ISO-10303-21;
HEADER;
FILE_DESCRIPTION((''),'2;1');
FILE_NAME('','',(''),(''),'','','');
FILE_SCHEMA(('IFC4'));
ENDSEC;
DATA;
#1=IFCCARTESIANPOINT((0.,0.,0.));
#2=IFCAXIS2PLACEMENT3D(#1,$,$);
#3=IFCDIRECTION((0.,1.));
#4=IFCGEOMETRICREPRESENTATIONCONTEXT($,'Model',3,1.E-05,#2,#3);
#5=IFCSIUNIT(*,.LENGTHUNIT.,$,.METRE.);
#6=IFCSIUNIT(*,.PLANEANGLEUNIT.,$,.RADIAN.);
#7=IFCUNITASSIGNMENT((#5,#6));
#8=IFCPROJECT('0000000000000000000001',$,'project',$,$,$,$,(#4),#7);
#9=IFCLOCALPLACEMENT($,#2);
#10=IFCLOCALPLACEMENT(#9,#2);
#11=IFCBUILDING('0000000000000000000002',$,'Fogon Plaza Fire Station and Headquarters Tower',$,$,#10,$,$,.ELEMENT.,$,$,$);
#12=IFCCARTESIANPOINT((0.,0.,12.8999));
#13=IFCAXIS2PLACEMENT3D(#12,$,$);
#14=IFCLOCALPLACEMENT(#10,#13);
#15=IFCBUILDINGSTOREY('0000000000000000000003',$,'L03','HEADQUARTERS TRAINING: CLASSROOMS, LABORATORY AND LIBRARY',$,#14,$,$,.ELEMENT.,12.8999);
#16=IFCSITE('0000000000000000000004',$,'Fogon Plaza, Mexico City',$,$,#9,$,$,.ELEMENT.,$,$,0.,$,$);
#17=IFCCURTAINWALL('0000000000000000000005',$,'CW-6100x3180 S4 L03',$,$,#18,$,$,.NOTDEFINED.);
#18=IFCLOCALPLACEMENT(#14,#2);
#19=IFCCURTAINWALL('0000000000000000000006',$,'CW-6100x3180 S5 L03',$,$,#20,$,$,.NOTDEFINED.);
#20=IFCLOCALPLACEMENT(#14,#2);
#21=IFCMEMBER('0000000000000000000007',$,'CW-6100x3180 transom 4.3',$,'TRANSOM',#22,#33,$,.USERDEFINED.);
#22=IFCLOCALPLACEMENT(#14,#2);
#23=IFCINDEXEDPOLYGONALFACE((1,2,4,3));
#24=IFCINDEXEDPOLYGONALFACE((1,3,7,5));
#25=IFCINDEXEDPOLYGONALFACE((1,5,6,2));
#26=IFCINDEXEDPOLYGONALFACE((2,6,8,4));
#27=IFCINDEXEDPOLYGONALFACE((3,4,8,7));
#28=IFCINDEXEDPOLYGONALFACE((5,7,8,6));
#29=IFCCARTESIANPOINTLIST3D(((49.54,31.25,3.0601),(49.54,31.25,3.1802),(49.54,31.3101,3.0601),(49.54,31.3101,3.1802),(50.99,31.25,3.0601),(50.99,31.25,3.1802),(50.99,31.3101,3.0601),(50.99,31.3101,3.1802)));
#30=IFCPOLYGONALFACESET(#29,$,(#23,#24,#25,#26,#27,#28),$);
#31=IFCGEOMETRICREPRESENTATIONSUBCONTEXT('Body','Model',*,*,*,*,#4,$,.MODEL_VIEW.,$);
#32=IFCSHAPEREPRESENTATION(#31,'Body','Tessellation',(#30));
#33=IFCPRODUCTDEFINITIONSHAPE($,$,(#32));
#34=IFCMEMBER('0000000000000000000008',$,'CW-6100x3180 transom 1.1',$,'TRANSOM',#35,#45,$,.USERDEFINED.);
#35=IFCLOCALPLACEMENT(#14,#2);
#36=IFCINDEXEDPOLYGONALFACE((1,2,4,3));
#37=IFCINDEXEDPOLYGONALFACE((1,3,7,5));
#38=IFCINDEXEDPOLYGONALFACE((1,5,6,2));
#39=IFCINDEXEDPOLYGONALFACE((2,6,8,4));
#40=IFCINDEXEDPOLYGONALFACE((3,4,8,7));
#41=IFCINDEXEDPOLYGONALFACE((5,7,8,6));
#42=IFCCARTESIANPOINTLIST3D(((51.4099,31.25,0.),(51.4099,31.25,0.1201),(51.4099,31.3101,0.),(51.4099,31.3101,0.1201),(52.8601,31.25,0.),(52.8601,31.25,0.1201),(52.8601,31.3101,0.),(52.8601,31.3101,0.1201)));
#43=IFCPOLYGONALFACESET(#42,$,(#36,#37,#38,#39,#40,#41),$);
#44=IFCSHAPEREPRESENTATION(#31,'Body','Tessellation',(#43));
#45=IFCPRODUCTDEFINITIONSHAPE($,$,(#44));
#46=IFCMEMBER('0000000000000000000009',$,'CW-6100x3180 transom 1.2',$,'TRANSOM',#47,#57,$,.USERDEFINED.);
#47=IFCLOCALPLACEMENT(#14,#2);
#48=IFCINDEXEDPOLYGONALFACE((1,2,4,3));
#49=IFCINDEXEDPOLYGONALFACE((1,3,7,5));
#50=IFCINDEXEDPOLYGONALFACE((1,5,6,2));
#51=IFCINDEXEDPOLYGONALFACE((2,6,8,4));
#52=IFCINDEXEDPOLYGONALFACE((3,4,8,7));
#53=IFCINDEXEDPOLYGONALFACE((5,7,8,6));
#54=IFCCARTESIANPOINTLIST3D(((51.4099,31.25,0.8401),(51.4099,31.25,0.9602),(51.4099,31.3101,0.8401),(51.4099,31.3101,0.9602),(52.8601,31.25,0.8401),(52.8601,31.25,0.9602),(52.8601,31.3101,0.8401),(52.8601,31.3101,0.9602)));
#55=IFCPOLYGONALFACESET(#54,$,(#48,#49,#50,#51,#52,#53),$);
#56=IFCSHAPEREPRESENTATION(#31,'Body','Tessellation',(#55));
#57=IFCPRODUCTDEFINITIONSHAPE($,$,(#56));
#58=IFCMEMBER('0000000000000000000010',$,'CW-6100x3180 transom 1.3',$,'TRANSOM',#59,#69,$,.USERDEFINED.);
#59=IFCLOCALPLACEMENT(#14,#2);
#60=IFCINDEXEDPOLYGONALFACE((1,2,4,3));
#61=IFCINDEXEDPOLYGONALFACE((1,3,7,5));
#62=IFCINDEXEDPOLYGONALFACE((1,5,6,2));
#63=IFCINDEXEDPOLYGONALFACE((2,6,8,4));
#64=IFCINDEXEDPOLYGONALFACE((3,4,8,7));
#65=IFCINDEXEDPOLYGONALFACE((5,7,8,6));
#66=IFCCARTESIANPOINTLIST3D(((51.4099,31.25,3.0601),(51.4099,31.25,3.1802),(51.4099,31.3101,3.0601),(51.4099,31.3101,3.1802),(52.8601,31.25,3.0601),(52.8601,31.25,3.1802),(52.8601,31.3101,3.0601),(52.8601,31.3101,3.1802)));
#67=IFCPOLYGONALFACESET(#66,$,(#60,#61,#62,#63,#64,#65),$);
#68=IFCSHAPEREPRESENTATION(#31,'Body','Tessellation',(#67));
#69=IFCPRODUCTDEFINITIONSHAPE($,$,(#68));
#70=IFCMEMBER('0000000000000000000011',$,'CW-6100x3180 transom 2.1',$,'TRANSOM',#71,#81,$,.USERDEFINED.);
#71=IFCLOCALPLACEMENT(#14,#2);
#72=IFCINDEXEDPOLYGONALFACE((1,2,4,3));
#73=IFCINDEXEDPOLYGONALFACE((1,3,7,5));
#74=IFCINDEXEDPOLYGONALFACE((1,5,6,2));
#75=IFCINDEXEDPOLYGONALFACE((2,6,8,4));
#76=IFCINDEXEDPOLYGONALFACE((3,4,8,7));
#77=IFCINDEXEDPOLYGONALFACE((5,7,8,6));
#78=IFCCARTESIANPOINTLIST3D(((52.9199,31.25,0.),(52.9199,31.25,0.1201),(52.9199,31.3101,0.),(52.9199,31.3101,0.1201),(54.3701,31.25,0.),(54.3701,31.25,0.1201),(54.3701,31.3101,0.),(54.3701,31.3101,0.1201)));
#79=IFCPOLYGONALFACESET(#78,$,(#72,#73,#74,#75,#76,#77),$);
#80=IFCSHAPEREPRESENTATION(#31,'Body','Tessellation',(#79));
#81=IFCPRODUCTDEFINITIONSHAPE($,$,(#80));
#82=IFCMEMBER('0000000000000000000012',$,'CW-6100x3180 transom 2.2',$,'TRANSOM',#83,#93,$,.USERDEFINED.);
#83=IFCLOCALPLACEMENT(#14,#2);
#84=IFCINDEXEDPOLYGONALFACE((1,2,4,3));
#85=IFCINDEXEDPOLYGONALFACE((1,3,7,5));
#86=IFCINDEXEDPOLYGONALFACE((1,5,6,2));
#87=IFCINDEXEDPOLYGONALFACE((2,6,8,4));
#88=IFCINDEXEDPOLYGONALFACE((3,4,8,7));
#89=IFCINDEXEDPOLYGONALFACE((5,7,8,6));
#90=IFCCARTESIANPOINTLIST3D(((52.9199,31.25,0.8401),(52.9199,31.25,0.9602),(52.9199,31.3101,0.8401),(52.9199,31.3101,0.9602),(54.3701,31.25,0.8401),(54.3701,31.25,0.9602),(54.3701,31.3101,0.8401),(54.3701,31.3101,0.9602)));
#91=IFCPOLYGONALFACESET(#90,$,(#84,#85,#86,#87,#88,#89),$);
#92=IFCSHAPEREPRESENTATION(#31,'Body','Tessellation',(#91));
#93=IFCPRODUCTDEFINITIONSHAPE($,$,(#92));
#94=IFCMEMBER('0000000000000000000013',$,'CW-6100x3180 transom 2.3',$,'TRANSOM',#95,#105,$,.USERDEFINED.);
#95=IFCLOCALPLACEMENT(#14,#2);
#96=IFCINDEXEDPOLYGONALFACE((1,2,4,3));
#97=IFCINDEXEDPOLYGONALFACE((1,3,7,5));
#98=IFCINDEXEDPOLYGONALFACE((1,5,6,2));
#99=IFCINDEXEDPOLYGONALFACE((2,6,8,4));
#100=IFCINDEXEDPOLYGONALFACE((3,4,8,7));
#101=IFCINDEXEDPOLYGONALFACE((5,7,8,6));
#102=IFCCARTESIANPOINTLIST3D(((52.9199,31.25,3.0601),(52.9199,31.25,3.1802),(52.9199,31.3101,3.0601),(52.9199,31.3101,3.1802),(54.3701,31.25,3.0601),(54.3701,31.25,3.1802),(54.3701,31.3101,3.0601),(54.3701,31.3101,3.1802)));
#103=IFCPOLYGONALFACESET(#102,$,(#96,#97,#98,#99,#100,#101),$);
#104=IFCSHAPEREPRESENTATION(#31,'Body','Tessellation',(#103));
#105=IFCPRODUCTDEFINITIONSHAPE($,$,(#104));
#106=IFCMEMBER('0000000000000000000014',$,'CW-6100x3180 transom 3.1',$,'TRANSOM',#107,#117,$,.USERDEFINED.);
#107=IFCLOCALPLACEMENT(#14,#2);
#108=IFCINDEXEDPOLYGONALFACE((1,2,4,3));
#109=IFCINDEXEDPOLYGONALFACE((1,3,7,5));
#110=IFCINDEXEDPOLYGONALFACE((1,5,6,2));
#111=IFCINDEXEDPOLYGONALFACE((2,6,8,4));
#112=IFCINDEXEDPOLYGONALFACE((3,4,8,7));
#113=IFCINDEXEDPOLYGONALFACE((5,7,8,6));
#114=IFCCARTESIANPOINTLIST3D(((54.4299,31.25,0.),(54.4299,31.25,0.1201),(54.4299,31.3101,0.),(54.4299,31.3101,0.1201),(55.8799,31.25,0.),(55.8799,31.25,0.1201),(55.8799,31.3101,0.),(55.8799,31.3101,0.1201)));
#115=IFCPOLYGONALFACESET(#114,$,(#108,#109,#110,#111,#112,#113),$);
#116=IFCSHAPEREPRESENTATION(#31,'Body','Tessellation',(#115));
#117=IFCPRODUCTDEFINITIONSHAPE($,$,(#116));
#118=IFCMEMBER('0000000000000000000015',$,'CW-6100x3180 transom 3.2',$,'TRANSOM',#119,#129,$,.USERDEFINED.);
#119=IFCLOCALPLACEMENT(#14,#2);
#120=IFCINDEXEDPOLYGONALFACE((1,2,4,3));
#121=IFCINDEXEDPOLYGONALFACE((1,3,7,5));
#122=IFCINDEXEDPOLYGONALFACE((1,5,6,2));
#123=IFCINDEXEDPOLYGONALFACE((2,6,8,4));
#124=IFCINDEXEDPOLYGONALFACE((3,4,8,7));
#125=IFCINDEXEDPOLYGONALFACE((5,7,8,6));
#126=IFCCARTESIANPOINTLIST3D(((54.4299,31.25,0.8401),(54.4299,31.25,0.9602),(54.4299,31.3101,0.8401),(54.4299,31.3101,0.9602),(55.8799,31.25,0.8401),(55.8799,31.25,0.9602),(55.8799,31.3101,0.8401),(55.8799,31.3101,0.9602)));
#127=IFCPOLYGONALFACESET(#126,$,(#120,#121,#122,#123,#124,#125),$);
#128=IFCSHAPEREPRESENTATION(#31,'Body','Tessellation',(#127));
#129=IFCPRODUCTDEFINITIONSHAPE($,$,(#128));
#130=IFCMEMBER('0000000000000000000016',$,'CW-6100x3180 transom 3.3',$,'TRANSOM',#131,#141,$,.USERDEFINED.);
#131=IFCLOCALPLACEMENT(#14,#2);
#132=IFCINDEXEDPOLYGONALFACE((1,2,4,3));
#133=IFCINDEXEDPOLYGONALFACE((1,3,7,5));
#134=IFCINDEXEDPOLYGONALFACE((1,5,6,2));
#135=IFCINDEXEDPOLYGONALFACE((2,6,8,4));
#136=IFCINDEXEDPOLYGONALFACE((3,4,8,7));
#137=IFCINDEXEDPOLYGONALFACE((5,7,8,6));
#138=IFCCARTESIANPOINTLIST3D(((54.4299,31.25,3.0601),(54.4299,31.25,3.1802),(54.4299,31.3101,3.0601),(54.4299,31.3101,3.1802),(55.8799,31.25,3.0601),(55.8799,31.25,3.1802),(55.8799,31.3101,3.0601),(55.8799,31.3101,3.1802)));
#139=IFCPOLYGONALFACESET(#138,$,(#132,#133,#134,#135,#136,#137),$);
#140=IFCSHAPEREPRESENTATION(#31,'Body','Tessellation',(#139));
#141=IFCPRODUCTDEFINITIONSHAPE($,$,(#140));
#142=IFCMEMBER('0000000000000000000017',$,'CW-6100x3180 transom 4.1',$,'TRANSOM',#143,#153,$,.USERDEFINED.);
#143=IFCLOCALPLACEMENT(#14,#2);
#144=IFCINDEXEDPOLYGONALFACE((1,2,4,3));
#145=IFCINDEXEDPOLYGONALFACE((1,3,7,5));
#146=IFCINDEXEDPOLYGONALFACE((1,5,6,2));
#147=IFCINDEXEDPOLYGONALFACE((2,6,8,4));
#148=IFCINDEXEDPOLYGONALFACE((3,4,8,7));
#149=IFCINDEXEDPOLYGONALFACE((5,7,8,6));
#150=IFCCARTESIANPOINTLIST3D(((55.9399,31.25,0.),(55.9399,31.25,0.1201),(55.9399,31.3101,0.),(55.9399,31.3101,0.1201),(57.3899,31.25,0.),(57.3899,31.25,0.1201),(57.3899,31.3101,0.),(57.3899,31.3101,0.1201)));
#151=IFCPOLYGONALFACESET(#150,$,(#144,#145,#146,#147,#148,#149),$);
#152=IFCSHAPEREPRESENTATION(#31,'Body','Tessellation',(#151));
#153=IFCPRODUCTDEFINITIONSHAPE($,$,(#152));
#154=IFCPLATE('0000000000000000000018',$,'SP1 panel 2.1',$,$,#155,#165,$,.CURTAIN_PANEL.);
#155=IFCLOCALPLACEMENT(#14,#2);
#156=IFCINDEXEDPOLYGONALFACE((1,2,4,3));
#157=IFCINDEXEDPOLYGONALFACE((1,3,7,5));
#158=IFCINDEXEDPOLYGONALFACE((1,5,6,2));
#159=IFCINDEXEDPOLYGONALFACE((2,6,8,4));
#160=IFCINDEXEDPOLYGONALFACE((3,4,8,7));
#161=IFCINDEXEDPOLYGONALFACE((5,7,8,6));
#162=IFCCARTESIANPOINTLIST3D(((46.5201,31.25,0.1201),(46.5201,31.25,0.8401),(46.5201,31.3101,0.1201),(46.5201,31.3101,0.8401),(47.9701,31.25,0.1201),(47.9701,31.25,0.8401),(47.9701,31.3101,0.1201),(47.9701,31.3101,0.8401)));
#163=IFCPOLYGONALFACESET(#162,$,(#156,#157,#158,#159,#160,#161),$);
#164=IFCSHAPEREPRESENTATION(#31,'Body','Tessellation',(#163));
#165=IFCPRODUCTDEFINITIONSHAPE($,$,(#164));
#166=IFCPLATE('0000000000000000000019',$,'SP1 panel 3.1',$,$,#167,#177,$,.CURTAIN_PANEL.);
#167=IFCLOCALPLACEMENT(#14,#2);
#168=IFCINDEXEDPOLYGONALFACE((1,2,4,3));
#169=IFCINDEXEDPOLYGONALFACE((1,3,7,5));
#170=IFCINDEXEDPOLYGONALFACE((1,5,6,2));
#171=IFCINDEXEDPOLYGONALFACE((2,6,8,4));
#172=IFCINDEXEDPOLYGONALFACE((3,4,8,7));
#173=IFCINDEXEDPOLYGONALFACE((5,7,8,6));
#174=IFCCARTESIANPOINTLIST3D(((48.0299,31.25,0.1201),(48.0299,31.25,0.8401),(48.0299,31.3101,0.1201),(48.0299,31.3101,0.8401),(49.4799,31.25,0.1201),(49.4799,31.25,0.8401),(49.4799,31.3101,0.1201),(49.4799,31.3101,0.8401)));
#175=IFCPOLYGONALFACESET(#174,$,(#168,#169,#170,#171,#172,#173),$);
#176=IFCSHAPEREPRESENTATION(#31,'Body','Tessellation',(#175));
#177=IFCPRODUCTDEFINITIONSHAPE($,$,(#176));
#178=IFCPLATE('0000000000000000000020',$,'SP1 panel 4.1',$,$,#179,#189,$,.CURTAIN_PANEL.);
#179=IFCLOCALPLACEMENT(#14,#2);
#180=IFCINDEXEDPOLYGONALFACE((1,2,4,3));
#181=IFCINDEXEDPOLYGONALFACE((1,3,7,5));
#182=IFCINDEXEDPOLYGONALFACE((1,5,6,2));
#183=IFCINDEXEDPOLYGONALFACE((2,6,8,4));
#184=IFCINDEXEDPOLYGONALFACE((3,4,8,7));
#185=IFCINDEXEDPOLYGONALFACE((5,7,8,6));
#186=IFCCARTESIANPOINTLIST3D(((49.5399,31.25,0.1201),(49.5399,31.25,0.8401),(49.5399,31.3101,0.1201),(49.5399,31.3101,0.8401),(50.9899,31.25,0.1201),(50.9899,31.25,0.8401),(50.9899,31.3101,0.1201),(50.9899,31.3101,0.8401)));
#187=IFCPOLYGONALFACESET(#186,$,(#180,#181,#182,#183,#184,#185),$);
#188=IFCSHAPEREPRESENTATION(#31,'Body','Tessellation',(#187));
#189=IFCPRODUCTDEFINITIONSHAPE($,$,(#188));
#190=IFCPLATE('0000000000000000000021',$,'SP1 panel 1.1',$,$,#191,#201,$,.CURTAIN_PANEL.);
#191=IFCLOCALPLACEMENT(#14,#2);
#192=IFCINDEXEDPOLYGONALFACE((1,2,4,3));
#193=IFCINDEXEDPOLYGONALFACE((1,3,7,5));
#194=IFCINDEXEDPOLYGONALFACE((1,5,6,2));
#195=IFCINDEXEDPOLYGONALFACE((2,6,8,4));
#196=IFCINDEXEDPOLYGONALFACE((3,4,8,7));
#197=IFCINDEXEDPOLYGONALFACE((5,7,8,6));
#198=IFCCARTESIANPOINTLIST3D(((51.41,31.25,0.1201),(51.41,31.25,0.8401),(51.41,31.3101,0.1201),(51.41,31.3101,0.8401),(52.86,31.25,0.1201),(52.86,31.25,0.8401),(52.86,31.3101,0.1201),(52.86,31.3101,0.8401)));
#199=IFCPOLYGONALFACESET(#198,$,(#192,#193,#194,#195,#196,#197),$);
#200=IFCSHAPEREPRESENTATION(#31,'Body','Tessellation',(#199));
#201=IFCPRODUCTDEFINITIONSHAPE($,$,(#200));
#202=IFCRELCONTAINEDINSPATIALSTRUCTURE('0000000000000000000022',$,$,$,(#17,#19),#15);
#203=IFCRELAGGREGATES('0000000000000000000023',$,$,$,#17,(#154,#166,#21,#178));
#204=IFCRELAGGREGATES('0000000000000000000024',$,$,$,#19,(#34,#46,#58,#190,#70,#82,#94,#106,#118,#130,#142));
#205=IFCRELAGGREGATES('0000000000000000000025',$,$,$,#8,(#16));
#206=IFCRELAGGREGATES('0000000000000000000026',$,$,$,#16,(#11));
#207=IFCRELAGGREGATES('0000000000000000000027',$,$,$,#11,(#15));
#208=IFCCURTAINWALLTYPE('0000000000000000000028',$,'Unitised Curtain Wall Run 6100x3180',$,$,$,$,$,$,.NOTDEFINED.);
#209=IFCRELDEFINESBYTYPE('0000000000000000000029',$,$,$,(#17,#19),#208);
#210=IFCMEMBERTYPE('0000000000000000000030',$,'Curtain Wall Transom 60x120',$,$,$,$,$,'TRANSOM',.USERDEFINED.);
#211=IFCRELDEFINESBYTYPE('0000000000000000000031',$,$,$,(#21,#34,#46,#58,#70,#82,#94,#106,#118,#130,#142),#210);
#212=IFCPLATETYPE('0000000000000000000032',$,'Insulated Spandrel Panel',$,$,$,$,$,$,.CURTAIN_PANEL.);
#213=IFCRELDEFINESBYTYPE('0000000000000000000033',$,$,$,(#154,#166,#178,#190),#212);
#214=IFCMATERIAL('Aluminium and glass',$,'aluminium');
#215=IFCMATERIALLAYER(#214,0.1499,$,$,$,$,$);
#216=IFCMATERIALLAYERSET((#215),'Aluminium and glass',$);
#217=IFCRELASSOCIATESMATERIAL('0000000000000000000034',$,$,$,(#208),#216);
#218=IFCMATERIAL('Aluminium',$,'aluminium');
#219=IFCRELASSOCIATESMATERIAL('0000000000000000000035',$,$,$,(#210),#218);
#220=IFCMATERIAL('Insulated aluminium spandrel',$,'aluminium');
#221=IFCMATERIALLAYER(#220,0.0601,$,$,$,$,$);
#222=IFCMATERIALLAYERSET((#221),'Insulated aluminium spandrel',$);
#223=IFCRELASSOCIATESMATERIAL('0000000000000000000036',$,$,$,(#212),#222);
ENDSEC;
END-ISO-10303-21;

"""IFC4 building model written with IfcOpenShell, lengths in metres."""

from ifc_helpers import new_model, si_unit, direction, frame, origin, origin_2d, place, context, subcontext, project, spatial, rectangle, extrude, material, layer, layer_set, material_profile, profile_set, type_object, element, aggregate, save


model = new_model("IFC4")

# Units and contexts
model_context = context("Model", 3, precision=1e-05, world=origin(), true_north=direction((0.0, 1.0)))
body_context = subcontext(model_context, "Body", "Model", "MODEL_VIEW")
ifc_project = project(units=[si_unit("LENGTHUNIT", "METRE"), si_unit("PLANEANGLEUNIT", "RADIAN")], contexts=[model_context])

# Site, building, storey
site_placement = place(None, origin())
site = spatial("IfcSite", under=ifc_project, at=site_placement, Name="Fogon Plaza, Mexico City", CompositionType="ELEMENT", RefElevation=0.0)
building_placement = place(site_placement, origin())
building = spatial("IfcBuilding", under=site, at=building_placement, Name="Fogon Plaza Fire Station and Headquarters Tower", CompositionType="ELEMENT")
storey_placement = place(building_placement, frame((0.0, 0.0, 12.8999)))
storey = spatial("IfcBuildingStorey", under=building, at=storey_placement, Name="L03", Description="HEADQUARTERS TRAINING: CLASSROOMS, LABORATORY AND LIBRARY", CompositionType="ELEMENT", Elevation=12.8999)

# Curtain walls
ifc_material_1 = material(Name="Aluminium and glass", Category="aluminium")
ifc_layer_1 = layer(ifc_material_1, 0.1499)
ifc_layer_set_1 = layer_set([ifc_layer_1], Name="Aluminium and glass")
curtain_wall_type = type_object("IfcCurtainWallType", Name="Unitised Curtain Wall Run 6100x3180", PredefinedType="NOTDEFINED", material=ifc_layer_set_1)
curtain_wall_1_placement = place(storey_placement, origin())
curtain_wall_1 = element("IfcCurtainWall", 1, at=curtain_wall_1_placement, inside=storey, type_object=curtain_wall_type, Name="CW-6100x3180 S4 L03", PredefinedType="NOTDEFINED")
curtain_wall_2_placement = place(storey_placement, origin())
curtain_wall_2 = element("IfcCurtainWall", 2, at=curtain_wall_2_placement, inside=storey, type_object=curtain_wall_type, Name="CW-6100x3180 S5 L03", PredefinedType="NOTDEFINED")

# Members
ifc_material_2 = material(Name="Aluminium", Category="aluminium")
ifc_material_profile_1 = material_profile(ifc_material_2, rectangle(XDim=0.0601, YDim=0.1201, at=origin_2d()), Name="Curtain Wall Transom 60x120")
ifc_profile_set_1 = profile_set([ifc_material_profile_1], Name="Aluminium")
member_type_1 = type_object("IfcMemberType", Name="Curtain Wall Transom 60x120", ElementType="TRANSOM", PredefinedType="USERDEFINED", material=ifc_profile_set_1)
member_1_placement = place(storey_placement, frame((49.54, 31.28, 3.1201), z_axis=(1.0, 0.0, 0.0), x_axis=(0.0, 1.0, 0.0)))
member_1 = element("IfcMember", 3, at=member_1_placement, type_object=member_type_1, Name="CW-6100x3180 transom 4.3", ObjectType="TRANSOM", PredefinedType="USERDEFINED", context=body_context, shape_type="SweptSolid", body=[
    extrude(rectangle(XDim=0.0601, YDim=0.1201, at=origin_2d()), origin(), (0.0, 0.0, 1.0), 1.45),
])
member_2_placement = place(storey_placement, frame((51.4099, 31.28, 0.0601), z_axis=(1.0, 0.0, 0.0), x_axis=(0.0, 1.0, 0.0)))
member_2 = element("IfcMember", 4, at=member_2_placement, type_object=member_type_1, Name="CW-6100x3180 transom 1.1", ObjectType="TRANSOM", PredefinedType="USERDEFINED", context=body_context, shape_type="SweptSolid", body=[
    extrude(rectangle(XDim=0.0601, YDim=0.1201, at=origin_2d()), origin(), (0.0, 0.0, 1.0), 1.4502),
])
member_3_placement = place(storey_placement, frame((51.4099, 31.28, 0.9001), z_axis=(1.0, 0.0, 0.0), x_axis=(0.0, 1.0, 0.0)))
member_3 = element("IfcMember", 5, at=member_3_placement, type_object=member_type_1, Name="CW-6100x3180 transom 1.2", ObjectType="TRANSOM", PredefinedType="USERDEFINED", context=body_context, shape_type="SweptSolid", body=[
    extrude(rectangle(XDim=0.0601, YDim=0.1201, at=origin_2d()), origin(), (0.0, 0.0, 1.0), 1.4502),
])
member_4_placement = place(storey_placement, frame((51.4099, 31.28, 3.1201), z_axis=(1.0, 0.0, 0.0), x_axis=(0.0, 1.0, 0.0)))
member_4 = element("IfcMember", 6, at=member_4_placement, type_object=member_type_1, Name="CW-6100x3180 transom 1.3", ObjectType="TRANSOM", PredefinedType="USERDEFINED", context=body_context, shape_type="SweptSolid", body=[
    extrude(rectangle(XDim=0.0601, YDim=0.1201, at=origin_2d()), origin(), (0.0, 0.0, 1.0), 1.4502),
])
member_5_placement = place(storey_placement, frame((52.9199, 31.28, 0.0601), z_axis=(1.0, 0.0, 0.0), x_axis=(0.0, 1.0, 0.0)))
member_5 = element("IfcMember", 7, at=member_5_placement, type_object=member_type_1, Name="CW-6100x3180 transom 2.1", ObjectType="TRANSOM", PredefinedType="USERDEFINED", context=body_context, shape_type="SweptSolid", body=[
    extrude(rectangle(XDim=0.0601, YDim=0.1201, at=origin_2d()), origin(), (0.0, 0.0, 1.0), 1.4502),
])
member_6_placement = place(storey_placement, frame((52.9199, 31.28, 0.9001), z_axis=(1.0, 0.0, 0.0), x_axis=(0.0, 1.0, 0.0)))
member_6 = element("IfcMember", 8, at=member_6_placement, type_object=member_type_1, Name="CW-6100x3180 transom 2.2", ObjectType="TRANSOM", PredefinedType="USERDEFINED", context=body_context, shape_type="SweptSolid", body=[
    extrude(rectangle(XDim=0.0601, YDim=0.1201, at=origin_2d()), origin(), (0.0, 0.0, 1.0), 1.4502),
])
member_7_placement = place(storey_placement, frame((52.9199, 31.28, 3.1201), z_axis=(1.0, 0.0, 0.0), x_axis=(0.0, 1.0, 0.0)))
member_7 = element("IfcMember", 9, at=member_7_placement, type_object=member_type_1, Name="CW-6100x3180 transom 2.3", ObjectType="TRANSOM", PredefinedType="USERDEFINED", context=body_context, shape_type="SweptSolid", body=[
    extrude(rectangle(XDim=0.0601, YDim=0.1201, at=origin_2d()), origin(), (0.0, 0.0, 1.0), 1.4502),
])
member_8_placement = place(storey_placement, frame((54.4299, 31.28, 0.0601), z_axis=(1.0, 0.0, 0.0), x_axis=(0.0, 1.0, 0.0)))
member_8 = element("IfcMember", 10, at=member_8_placement, type_object=member_type_1, Name="CW-6100x3180 transom 3.1", ObjectType="TRANSOM", PredefinedType="USERDEFINED", context=body_context, shape_type="SweptSolid", body=[
    extrude(rectangle(XDim=0.0601, YDim=0.1201, at=origin_2d()), origin(), (0.0, 0.0, 1.0), 1.45),
])
member_9_placement = place(storey_placement, frame((54.4299, 31.28, 0.9001), z_axis=(1.0, 0.0, 0.0), x_axis=(0.0, 1.0, 0.0)))
member_9 = element("IfcMember", 11, at=member_9_placement, type_object=member_type_1, Name="CW-6100x3180 transom 3.2", ObjectType="TRANSOM", PredefinedType="USERDEFINED", context=body_context, shape_type="SweptSolid", body=[
    extrude(rectangle(XDim=0.0601, YDim=0.1201, at=origin_2d()), origin(), (0.0, 0.0, 1.0), 1.45),
])
member_10_placement = place(storey_placement, frame((54.4299, 31.28, 3.1201), z_axis=(1.0, 0.0, 0.0), x_axis=(0.0, 1.0, 0.0)))
member_10 = element("IfcMember", 12, at=member_10_placement, type_object=member_type_1, Name="CW-6100x3180 transom 3.3", ObjectType="TRANSOM", PredefinedType="USERDEFINED", context=body_context, shape_type="SweptSolid", body=[
    extrude(rectangle(XDim=0.0601, YDim=0.1201, at=origin_2d()), origin(), (0.0, 0.0, 1.0), 1.45),
])
member_11_placement = place(storey_placement, frame((55.9399, 31.28, 0.0601), z_axis=(1.0, 0.0, 0.0), x_axis=(0.0, 1.0, 0.0)))
member_11 = element("IfcMember", 13, at=member_11_placement, type_object=member_type_1, Name="CW-6100x3180 transom 4.1", ObjectType="TRANSOM", PredefinedType="USERDEFINED", context=body_context, shape_type="SweptSolid", body=[
    extrude(rectangle(XDim=0.0601, YDim=0.1201, at=origin_2d()), origin(), (0.0, 0.0, 1.0), 1.45),
])

# Plates
ifc_material_3 = material(Name="Insulated aluminium spandrel", Category="aluminium")
ifc_layer_2 = layer(ifc_material_3, 0.0601)
ifc_layer_set_2 = layer_set([ifc_layer_2], Name="Insulated aluminium spandrel")
plate_type_1 = type_object("IfcPlateType", Name="Insulated Spandrel Panel", PredefinedType="CURTAIN_PANEL", material=ifc_layer_set_2)
plate_1_placement = place(storey_placement, frame((47.2451, 31.28, 0.1201), z_axis=(0.0, 0.0, 1.0), x_axis=(1.0, 0.0, 0.0)))
plate_1 = element("IfcPlate", 14, at=plate_1_placement, type_object=plate_type_1, Name="SP1 panel 2.1", PredefinedType="CURTAIN_PANEL", context=body_context, shape_type="SweptSolid", body=[
    extrude(rectangle(XDim=1.45, YDim=0.0601, at=origin_2d()), origin(), (0.0, 0.0, 1.0), 0.72),
])
plate_2_placement = place(storey_placement, frame((48.7549, 31.28, 0.1201), z_axis=(0.0, 0.0, 1.0), x_axis=(1.0, 0.0, 0.0)))
plate_2 = element("IfcPlate", 15, at=plate_2_placement, type_object=plate_type_1, Name="SP1 panel 3.1", PredefinedType="CURTAIN_PANEL", context=body_context, shape_type="SweptSolid", body=[
    extrude(rectangle(XDim=1.45, YDim=0.0601, at=origin_2d()), origin(), (0.0, 0.0, 1.0), 0.72),
])
plate_3_placement = place(storey_placement, frame((50.2649, 31.28, 0.1201), z_axis=(0.0, 0.0, 1.0), x_axis=(1.0, 0.0, 0.0)))
plate_3 = element("IfcPlate", 16, at=plate_3_placement, type_object=plate_type_1, Name="SP1 panel 4.1", PredefinedType="CURTAIN_PANEL", context=body_context, shape_type="SweptSolid", body=[
    extrude(rectangle(XDim=1.45, YDim=0.0601, at=origin_2d()), origin(), (0.0, 0.0, 1.0), 0.72),
])
plate_4_placement = place(storey_placement, frame((52.135, 31.28, 0.1201), z_axis=(0.0, 0.0, 1.0), x_axis=(1.0, 0.0, 0.0)))
plate_4 = element("IfcPlate", 17, at=plate_4_placement, type_object=plate_type_1, Name="SP1 panel 1.1", PredefinedType="CURTAIN_PANEL", context=body_context, shape_type="SweptSolid", body=[
    extrude(rectangle(XDim=1.45, YDim=0.0601, at=origin_2d()), origin(), (0.0, 0.0, 1.0), 0.72),
])
aggregate(curtain_wall_1, [plate_1, plate_2, member_1, plate_3])
aggregate(curtain_wall_2, [member_2, member_3, member_4, plate_4, member_5, member_6, member_7, member_8, member_9, member_10, member_11])

save(model, "model.ifc")
